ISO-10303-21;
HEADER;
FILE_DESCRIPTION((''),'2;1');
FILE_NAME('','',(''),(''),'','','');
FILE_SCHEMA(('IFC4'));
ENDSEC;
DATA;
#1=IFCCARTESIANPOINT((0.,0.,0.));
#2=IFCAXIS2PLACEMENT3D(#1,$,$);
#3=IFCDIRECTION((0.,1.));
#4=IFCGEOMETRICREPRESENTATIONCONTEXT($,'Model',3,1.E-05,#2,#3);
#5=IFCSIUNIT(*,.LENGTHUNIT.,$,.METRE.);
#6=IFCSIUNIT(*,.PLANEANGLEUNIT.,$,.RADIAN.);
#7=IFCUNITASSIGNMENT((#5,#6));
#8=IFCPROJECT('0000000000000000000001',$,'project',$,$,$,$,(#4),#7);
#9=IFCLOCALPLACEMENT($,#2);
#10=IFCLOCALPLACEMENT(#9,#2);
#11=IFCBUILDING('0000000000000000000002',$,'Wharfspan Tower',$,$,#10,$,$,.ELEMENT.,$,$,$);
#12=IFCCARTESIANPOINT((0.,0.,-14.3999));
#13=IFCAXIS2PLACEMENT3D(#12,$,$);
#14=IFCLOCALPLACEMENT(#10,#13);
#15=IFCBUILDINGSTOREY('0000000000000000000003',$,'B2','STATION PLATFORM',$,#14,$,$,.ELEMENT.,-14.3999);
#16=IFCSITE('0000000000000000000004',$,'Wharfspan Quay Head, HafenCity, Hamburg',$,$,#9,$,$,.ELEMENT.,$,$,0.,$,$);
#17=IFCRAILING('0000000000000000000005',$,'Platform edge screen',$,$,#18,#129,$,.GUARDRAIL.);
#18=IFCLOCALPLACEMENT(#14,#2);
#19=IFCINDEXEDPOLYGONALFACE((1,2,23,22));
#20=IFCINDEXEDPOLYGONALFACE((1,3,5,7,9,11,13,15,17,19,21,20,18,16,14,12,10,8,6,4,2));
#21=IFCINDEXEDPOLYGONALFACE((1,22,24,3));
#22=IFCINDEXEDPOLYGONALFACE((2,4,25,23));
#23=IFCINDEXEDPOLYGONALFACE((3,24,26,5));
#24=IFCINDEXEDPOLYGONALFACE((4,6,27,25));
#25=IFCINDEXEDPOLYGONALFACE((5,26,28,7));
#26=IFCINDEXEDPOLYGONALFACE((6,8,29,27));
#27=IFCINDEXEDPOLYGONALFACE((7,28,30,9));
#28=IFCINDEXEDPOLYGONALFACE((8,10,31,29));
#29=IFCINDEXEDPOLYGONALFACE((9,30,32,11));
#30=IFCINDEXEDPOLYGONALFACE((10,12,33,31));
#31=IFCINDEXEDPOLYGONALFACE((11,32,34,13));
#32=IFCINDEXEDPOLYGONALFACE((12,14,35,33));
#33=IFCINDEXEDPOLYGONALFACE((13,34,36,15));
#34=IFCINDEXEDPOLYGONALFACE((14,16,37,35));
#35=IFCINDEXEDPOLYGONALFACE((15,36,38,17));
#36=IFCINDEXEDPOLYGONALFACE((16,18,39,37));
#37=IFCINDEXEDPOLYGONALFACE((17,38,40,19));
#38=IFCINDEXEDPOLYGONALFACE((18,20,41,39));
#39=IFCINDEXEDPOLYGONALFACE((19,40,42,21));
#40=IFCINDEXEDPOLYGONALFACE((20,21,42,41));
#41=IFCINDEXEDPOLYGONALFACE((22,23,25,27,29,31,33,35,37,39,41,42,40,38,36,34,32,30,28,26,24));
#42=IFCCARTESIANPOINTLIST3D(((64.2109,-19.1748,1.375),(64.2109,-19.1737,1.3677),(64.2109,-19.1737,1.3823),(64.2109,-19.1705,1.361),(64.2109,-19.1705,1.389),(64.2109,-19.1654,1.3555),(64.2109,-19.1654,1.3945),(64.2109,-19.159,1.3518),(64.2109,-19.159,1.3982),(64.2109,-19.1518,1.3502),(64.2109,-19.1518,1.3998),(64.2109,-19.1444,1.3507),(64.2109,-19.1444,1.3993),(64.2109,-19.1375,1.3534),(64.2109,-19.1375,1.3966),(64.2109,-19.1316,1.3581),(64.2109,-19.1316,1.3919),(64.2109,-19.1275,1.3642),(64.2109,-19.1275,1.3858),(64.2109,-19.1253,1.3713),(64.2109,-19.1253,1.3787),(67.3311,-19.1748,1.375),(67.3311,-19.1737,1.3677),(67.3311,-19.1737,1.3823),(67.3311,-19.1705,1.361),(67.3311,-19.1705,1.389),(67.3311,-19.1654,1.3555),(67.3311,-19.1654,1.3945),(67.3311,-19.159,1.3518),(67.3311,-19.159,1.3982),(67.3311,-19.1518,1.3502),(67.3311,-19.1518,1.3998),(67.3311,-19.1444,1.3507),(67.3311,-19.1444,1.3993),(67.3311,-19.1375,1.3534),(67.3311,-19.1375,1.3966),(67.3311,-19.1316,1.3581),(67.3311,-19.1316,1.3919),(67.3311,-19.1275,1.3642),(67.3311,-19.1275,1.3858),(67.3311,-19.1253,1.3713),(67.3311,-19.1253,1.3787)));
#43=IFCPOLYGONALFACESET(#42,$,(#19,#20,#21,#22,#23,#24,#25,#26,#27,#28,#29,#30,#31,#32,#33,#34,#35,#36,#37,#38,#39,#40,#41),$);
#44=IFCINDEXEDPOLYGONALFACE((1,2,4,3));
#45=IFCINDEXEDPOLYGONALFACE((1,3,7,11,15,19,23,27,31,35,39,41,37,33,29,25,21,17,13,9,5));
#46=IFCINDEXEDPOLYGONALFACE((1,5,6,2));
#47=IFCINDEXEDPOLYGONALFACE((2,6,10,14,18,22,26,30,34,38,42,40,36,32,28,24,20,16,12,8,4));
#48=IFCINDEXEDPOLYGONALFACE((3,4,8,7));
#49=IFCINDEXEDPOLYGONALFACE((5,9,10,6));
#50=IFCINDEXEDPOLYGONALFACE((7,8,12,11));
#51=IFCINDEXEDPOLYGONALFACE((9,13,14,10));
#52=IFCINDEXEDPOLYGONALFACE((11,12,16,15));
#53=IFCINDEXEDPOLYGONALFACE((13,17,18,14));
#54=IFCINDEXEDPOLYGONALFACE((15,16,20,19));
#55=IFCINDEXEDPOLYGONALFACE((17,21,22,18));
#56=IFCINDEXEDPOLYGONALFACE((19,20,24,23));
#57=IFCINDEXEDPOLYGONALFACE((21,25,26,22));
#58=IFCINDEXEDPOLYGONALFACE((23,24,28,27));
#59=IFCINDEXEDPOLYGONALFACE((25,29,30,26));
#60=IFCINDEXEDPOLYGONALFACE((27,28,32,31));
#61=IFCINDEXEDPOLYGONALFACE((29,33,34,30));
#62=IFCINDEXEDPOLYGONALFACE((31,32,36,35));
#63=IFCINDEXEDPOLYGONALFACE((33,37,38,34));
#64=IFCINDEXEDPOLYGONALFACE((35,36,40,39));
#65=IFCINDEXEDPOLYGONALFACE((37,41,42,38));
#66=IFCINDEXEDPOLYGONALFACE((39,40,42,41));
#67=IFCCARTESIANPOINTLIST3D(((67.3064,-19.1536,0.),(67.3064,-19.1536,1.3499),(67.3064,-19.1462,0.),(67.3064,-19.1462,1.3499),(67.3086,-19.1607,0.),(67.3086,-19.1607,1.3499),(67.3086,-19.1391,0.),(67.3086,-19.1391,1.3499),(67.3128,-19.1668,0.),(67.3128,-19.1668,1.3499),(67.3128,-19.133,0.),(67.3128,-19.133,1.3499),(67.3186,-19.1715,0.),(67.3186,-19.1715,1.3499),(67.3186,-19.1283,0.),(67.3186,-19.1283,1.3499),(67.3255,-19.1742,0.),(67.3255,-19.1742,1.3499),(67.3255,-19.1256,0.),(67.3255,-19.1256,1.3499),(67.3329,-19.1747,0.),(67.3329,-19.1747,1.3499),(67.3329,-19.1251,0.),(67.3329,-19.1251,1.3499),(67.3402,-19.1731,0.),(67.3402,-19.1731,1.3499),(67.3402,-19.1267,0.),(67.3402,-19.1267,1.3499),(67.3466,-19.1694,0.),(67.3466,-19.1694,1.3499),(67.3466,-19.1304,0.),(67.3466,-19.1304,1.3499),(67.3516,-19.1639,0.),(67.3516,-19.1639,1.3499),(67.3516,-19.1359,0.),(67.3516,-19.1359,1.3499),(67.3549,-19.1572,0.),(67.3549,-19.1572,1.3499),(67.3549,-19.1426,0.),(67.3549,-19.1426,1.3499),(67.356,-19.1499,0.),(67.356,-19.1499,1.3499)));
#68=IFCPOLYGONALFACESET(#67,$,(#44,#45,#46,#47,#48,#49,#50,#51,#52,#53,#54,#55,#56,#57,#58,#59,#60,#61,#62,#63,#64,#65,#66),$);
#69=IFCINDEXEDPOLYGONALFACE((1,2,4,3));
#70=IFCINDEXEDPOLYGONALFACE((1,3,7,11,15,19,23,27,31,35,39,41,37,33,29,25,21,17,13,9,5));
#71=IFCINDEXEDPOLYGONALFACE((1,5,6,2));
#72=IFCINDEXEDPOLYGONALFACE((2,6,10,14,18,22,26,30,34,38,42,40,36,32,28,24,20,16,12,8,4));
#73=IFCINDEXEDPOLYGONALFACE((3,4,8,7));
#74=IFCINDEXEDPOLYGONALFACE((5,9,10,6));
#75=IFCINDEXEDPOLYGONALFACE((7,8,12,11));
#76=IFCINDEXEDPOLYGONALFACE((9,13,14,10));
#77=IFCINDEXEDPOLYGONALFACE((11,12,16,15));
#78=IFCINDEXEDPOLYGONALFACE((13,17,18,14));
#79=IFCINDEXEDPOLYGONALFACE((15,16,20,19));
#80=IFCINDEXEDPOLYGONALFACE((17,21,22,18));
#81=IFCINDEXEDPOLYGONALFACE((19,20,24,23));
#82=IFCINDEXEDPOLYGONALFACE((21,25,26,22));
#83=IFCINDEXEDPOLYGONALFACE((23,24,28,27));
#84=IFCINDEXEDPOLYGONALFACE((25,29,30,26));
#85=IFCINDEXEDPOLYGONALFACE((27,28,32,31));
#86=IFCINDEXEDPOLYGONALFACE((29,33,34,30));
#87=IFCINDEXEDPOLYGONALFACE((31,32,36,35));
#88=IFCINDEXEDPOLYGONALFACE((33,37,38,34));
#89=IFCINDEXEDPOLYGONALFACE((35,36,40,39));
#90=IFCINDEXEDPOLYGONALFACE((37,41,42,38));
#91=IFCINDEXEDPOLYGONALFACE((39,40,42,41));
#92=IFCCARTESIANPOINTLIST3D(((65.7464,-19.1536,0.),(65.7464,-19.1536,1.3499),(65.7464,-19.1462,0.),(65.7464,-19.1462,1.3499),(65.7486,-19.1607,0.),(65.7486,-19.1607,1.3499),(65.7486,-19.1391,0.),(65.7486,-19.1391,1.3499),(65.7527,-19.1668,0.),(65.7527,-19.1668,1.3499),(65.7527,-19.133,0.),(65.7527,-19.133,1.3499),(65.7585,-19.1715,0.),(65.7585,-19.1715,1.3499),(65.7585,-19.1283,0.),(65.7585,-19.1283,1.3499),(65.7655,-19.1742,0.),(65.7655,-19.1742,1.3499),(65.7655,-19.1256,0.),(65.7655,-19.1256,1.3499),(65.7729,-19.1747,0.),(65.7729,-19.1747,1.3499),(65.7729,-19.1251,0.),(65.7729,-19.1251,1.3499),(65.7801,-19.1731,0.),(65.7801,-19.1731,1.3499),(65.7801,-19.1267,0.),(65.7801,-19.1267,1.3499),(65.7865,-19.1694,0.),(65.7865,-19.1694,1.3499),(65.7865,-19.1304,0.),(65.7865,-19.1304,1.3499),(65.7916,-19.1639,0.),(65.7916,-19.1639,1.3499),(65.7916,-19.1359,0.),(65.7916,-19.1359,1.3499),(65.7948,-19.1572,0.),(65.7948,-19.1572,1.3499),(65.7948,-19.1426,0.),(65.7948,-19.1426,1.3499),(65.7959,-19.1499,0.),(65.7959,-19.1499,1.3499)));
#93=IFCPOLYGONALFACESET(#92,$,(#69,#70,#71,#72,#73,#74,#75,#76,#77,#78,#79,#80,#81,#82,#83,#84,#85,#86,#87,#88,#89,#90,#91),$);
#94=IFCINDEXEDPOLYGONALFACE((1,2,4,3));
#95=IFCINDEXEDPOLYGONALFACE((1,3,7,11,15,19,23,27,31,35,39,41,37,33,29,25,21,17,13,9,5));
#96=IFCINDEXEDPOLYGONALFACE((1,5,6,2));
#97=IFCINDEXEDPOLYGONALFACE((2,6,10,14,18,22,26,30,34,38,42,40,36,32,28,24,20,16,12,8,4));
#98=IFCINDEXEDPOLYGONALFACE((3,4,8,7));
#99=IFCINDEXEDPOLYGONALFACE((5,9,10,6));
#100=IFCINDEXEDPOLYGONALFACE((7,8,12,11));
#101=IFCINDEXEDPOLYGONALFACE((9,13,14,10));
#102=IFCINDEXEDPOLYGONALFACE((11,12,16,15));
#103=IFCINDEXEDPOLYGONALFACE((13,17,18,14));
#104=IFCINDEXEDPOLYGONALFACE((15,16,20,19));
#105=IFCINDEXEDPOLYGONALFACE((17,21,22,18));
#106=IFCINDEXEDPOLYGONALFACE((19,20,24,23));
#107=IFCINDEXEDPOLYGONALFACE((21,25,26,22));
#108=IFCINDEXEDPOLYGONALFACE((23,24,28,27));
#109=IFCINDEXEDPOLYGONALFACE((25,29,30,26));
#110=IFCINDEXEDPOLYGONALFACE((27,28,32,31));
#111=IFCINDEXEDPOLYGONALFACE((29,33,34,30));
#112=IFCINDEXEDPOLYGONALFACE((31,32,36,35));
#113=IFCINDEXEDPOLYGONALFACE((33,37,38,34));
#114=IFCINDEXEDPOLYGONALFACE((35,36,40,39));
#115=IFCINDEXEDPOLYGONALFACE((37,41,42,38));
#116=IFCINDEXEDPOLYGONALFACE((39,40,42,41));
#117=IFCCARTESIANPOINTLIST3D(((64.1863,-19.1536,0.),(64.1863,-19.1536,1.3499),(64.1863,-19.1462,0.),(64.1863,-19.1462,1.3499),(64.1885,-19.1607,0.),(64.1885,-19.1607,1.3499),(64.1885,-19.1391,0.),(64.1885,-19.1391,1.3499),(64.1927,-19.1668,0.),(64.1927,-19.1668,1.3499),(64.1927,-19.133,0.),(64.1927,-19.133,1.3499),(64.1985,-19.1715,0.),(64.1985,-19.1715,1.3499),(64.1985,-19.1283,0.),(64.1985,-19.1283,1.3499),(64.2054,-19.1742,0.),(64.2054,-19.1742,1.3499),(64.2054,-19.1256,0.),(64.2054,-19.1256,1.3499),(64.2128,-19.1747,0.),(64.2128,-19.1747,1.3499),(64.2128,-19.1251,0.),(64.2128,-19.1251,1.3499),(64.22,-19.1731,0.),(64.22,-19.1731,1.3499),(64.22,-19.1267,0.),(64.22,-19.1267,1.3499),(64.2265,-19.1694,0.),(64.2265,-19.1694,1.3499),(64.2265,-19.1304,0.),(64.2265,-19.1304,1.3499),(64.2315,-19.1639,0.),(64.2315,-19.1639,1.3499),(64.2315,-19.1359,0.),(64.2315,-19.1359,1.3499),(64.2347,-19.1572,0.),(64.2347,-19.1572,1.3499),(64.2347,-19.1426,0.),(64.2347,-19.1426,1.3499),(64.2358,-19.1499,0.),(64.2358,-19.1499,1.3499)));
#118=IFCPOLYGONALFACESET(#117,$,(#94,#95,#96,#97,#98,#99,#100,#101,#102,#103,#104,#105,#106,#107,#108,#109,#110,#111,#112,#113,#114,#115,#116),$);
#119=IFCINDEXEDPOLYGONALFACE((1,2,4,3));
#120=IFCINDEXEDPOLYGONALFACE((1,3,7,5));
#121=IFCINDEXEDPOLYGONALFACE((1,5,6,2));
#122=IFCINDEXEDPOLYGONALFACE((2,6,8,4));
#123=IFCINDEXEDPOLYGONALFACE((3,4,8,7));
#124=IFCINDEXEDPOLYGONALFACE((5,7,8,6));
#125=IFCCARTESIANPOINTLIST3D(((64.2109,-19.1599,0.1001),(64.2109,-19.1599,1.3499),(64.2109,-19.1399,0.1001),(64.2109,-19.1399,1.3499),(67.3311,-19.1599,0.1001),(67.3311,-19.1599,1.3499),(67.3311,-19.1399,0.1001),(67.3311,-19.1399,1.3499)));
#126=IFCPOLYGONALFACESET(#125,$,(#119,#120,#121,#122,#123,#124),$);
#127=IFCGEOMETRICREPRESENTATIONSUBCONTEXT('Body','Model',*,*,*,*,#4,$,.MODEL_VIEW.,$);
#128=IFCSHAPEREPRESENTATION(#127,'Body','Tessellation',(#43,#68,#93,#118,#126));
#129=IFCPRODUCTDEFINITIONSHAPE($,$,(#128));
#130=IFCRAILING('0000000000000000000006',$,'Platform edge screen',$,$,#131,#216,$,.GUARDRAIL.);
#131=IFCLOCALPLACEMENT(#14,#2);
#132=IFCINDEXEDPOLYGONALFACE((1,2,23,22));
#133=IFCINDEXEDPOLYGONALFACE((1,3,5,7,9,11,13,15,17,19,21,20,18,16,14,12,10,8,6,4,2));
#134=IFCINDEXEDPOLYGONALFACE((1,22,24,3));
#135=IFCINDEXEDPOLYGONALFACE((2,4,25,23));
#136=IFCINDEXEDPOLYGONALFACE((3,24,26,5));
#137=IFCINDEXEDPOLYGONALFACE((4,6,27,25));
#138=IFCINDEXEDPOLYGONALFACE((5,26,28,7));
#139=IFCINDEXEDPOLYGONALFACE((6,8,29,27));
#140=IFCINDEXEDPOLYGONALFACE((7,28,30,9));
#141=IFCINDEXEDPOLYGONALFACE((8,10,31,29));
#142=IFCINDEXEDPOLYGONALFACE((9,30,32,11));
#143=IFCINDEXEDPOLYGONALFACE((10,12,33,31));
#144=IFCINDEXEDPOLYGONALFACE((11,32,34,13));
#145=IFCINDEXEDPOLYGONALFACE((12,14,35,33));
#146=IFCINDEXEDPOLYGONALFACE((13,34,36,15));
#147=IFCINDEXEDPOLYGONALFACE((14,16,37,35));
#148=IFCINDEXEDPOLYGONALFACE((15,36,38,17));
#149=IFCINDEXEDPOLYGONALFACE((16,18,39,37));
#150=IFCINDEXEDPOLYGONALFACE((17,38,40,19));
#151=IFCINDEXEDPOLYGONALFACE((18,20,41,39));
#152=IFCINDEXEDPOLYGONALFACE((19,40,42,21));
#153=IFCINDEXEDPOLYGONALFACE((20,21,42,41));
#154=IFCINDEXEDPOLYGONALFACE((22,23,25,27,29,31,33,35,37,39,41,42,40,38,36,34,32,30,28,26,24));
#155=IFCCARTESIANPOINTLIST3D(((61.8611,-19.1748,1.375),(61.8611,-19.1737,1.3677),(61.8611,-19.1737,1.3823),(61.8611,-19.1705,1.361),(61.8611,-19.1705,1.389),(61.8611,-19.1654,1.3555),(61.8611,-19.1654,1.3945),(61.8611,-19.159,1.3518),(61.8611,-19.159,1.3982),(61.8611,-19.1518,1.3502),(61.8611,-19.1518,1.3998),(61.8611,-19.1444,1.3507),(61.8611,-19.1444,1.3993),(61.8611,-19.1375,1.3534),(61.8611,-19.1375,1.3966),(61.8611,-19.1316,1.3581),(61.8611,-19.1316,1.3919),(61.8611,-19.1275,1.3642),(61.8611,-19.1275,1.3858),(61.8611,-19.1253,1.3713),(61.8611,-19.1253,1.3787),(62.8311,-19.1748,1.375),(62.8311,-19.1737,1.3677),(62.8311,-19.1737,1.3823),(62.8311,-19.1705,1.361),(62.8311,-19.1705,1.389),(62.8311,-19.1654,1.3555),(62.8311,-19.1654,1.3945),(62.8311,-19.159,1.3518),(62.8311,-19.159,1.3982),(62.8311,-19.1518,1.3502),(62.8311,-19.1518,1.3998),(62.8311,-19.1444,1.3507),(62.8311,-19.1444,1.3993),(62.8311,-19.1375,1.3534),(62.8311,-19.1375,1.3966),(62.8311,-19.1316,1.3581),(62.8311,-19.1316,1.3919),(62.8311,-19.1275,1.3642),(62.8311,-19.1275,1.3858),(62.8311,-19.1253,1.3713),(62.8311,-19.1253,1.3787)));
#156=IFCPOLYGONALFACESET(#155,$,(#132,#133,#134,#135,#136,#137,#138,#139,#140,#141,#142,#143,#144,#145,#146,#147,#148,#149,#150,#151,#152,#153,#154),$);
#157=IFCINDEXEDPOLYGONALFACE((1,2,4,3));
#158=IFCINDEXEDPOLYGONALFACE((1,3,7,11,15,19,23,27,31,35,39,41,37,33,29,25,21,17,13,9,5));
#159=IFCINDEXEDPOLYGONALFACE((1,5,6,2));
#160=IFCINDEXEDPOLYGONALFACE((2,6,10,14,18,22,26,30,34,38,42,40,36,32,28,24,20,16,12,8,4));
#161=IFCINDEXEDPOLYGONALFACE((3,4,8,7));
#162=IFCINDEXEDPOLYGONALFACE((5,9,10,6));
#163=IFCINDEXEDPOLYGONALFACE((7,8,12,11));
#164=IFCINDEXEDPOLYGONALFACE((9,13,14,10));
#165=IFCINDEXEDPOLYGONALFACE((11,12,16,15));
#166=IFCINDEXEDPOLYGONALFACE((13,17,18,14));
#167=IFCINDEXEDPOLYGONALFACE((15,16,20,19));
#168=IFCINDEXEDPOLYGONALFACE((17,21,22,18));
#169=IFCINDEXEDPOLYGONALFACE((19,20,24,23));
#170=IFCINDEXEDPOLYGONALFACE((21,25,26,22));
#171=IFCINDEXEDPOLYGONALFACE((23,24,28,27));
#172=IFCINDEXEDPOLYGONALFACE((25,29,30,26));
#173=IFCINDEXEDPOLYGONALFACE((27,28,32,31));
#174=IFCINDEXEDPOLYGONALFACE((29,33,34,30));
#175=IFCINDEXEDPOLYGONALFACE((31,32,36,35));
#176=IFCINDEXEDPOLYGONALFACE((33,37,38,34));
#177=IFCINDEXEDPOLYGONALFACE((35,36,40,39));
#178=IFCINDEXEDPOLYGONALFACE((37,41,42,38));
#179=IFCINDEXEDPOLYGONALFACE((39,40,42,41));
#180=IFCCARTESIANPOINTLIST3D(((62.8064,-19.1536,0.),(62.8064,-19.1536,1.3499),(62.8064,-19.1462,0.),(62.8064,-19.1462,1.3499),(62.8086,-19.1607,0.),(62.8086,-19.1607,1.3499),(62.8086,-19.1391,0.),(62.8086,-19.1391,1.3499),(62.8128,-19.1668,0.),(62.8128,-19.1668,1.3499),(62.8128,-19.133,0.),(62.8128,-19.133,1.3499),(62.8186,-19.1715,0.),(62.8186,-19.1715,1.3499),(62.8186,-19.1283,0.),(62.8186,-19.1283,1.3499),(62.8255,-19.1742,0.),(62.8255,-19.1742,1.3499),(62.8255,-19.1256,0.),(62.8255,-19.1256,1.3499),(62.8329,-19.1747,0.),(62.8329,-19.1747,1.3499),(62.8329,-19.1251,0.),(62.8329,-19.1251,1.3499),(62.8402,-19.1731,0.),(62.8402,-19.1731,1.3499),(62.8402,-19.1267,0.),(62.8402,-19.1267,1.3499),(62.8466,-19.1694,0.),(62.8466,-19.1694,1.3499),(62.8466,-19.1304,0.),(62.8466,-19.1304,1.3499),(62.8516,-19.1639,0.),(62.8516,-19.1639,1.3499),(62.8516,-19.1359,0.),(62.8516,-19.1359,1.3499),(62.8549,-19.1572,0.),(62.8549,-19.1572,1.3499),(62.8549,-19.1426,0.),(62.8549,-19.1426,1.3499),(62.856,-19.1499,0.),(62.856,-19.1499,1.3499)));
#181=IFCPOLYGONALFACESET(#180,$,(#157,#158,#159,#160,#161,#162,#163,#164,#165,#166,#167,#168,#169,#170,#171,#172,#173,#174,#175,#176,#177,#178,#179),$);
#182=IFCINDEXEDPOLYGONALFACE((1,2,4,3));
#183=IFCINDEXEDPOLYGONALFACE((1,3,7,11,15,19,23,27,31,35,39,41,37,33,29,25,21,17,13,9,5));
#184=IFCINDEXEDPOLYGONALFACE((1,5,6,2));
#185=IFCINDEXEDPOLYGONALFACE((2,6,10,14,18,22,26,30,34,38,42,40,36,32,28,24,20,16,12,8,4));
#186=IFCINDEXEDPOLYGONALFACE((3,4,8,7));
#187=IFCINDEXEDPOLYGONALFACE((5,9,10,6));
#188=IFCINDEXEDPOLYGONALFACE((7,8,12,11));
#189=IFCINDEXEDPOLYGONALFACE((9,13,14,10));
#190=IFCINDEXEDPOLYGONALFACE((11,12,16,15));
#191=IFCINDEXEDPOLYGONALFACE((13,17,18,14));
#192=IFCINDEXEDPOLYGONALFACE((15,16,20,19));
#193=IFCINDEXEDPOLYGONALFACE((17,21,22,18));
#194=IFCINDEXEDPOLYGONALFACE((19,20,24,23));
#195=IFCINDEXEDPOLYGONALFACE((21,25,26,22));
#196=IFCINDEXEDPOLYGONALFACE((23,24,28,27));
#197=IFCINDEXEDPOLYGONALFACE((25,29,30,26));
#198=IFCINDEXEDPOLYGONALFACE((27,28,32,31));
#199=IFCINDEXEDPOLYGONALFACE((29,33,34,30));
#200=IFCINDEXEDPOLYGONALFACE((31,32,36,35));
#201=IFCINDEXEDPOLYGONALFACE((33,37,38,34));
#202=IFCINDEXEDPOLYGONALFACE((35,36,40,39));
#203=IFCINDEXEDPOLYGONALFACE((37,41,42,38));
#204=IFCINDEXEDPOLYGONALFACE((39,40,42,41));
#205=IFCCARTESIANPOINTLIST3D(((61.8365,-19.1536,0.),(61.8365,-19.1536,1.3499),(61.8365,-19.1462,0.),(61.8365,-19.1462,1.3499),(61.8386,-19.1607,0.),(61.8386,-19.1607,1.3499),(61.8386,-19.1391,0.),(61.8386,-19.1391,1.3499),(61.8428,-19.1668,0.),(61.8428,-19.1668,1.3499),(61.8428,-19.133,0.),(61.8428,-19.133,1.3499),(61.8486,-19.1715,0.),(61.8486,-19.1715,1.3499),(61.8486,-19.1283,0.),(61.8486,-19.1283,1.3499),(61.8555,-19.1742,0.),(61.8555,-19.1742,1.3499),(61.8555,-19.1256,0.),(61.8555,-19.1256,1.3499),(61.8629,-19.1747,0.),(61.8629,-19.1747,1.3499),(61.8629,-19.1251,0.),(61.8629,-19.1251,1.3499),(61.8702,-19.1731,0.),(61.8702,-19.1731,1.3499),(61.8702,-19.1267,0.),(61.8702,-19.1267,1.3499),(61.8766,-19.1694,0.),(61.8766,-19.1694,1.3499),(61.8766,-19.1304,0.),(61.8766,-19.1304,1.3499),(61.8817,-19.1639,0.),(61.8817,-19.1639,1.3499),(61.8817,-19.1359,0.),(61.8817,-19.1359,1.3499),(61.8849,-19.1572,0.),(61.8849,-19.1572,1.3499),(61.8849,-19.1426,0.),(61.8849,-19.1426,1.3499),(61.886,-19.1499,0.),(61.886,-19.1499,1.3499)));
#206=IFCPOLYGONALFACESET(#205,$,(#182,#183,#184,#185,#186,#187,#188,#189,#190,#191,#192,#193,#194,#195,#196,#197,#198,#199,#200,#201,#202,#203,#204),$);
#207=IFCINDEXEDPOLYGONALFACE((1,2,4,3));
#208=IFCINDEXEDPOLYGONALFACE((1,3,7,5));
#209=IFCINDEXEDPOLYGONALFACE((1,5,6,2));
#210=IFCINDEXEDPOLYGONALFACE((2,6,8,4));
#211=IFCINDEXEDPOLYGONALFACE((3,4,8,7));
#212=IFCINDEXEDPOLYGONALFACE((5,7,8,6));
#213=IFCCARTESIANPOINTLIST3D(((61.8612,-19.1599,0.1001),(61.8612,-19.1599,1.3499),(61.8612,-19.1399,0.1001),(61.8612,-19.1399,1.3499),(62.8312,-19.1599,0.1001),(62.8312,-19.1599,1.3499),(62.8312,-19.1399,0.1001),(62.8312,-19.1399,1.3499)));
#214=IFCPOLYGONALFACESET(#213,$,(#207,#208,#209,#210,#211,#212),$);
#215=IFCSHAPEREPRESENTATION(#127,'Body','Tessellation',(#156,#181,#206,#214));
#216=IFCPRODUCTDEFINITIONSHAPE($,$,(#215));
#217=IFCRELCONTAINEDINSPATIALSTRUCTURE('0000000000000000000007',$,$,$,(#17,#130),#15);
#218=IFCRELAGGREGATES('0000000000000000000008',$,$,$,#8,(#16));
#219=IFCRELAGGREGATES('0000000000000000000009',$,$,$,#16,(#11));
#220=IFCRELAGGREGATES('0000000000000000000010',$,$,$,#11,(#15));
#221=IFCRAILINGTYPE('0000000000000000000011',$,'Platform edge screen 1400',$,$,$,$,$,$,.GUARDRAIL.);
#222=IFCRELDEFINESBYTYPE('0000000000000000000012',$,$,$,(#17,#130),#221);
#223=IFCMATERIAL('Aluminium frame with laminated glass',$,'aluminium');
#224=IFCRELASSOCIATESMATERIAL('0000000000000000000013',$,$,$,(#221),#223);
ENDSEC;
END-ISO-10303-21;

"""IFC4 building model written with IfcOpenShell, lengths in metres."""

from ifc_helpers import new_model, si_unit, direction, frame, origin, origin_2d, place, context, subcontext, project, spatial, rectangle, circle, extrude, material, type_object, element, save


model = new_model("IFC4")

# Units and contexts
model_context = context("Model", 3, precision=1e-05, world=origin(), true_north=direction((0.0, 1.0)))
body_context = subcontext(model_context, "Body", "Model", "MODEL_VIEW")
ifc_project = project(units=[si_unit("LENGTHUNIT", "METRE"), si_unit("PLANEANGLEUNIT", "RADIAN")], contexts=[model_context])

# Site, building, storey
site_placement = place(None, origin())
site = spatial("IfcSite", under=ifc_project, at=site_placement, Name="Wharfspan Quay Head, HafenCity, Hamburg", CompositionType="ELEMENT", RefElevation=0.0)
building_placement = place(site_placement, origin())
building = spatial("IfcBuilding", under=site, at=building_placement, Name="Wharfspan Tower", CompositionType="ELEMENT")
storey_placement = place(building_placement, frame((0.0, 0.0, -14.3999)))
storey = spatial("IfcBuildingStorey", under=building, at=storey_placement, Name="B2", Description="STATION PLATFORM", CompositionType="ELEMENT", Elevation=-14.3999)

# Railings
ifc_material_1 = material(Name="Aluminium frame with laminated glass", Category="aluminium")
railing_type_1 = type_object("IfcRailingType", Name="Platform edge screen 1400", PredefinedType="GUARDRAIL", material=ifc_material_1)
railing_1_placement = place(storey_placement, frame((67.3311, -19.1499, 0.0)))
element("IfcRailing", 1, at=railing_1_placement, inside=storey, type_object=railing_type_1, Name="Platform edge screen", PredefinedType="GUARDRAIL", context=body_context, shape_type="SweptSolid", body=[
    extrude(circle(Radius=0.0249, at=origin_2d()), frame((0.0, 0.0, 1.375), z_axis=(-1.0, 0.0, 0.0), x_axis=(0.0, -1.0, 0.0)), (0.0, 0.0, 1.0), 3.1201),
    extrude(circle(Radius=0.0249, at=origin_2d()), origin(), (0.0, 0.0, 1.0), 1.3499),
    extrude(circle(Radius=0.0249, at=origin_2d()), frame((-1.5601, 0.0, 0.0)), (0.0, 0.0, 1.0), 1.3499),
    extrude(circle(Radius=0.0249, at=origin_2d()), frame((-3.1201, 0.0, 0.0)), (0.0, 0.0, 1.0), 1.3499),
    extrude(rectangle(XDim=3.1201, YDim=0.02, at=origin_2d()), frame((-1.5601, 0.0, 0.1001), z_axis=(0.0, 0.0, 1.0), x_axis=(-1.0, 0.0, 0.0)), (0.0, 0.0, 1.0), 1.2498),
])
railing_2_placement = place(storey_placement, frame((62.8311, -19.1499, 0.0)))
element("IfcRailing", 2, at=railing_2_placement, inside=storey, type_object=railing_type_1, Name="Platform edge screen", PredefinedType="GUARDRAIL", context=body_context, shape_type="SweptSolid", body=[
    extrude(circle(Radius=0.0249, at=origin_2d()), frame((0.0, 0.0, 1.375), z_axis=(-1.0, 0.0, 0.0), x_axis=(0.0, -1.0, 0.0)), (0.0, 0.0, 1.0), 0.97),
    extrude(circle(Radius=0.0249, at=origin_2d()), origin(), (0.0, 0.0, 1.0), 1.3499),
    extrude(circle(Radius=0.0249, at=origin_2d()), frame((-0.97, 0.0, 0.0)), (0.0, 0.0, 1.0), 1.3499),
    extrude(rectangle(XDim=0.97, YDim=0.02, at=origin_2d()), frame((-0.4849, 0.0, 0.1001), z_axis=(0.0, 0.0, 1.0), x_axis=(-1.0, 0.0, 0.0)), (0.0, 0.0, 1.0), 1.2498),
])

save(model, "model.ifc")
